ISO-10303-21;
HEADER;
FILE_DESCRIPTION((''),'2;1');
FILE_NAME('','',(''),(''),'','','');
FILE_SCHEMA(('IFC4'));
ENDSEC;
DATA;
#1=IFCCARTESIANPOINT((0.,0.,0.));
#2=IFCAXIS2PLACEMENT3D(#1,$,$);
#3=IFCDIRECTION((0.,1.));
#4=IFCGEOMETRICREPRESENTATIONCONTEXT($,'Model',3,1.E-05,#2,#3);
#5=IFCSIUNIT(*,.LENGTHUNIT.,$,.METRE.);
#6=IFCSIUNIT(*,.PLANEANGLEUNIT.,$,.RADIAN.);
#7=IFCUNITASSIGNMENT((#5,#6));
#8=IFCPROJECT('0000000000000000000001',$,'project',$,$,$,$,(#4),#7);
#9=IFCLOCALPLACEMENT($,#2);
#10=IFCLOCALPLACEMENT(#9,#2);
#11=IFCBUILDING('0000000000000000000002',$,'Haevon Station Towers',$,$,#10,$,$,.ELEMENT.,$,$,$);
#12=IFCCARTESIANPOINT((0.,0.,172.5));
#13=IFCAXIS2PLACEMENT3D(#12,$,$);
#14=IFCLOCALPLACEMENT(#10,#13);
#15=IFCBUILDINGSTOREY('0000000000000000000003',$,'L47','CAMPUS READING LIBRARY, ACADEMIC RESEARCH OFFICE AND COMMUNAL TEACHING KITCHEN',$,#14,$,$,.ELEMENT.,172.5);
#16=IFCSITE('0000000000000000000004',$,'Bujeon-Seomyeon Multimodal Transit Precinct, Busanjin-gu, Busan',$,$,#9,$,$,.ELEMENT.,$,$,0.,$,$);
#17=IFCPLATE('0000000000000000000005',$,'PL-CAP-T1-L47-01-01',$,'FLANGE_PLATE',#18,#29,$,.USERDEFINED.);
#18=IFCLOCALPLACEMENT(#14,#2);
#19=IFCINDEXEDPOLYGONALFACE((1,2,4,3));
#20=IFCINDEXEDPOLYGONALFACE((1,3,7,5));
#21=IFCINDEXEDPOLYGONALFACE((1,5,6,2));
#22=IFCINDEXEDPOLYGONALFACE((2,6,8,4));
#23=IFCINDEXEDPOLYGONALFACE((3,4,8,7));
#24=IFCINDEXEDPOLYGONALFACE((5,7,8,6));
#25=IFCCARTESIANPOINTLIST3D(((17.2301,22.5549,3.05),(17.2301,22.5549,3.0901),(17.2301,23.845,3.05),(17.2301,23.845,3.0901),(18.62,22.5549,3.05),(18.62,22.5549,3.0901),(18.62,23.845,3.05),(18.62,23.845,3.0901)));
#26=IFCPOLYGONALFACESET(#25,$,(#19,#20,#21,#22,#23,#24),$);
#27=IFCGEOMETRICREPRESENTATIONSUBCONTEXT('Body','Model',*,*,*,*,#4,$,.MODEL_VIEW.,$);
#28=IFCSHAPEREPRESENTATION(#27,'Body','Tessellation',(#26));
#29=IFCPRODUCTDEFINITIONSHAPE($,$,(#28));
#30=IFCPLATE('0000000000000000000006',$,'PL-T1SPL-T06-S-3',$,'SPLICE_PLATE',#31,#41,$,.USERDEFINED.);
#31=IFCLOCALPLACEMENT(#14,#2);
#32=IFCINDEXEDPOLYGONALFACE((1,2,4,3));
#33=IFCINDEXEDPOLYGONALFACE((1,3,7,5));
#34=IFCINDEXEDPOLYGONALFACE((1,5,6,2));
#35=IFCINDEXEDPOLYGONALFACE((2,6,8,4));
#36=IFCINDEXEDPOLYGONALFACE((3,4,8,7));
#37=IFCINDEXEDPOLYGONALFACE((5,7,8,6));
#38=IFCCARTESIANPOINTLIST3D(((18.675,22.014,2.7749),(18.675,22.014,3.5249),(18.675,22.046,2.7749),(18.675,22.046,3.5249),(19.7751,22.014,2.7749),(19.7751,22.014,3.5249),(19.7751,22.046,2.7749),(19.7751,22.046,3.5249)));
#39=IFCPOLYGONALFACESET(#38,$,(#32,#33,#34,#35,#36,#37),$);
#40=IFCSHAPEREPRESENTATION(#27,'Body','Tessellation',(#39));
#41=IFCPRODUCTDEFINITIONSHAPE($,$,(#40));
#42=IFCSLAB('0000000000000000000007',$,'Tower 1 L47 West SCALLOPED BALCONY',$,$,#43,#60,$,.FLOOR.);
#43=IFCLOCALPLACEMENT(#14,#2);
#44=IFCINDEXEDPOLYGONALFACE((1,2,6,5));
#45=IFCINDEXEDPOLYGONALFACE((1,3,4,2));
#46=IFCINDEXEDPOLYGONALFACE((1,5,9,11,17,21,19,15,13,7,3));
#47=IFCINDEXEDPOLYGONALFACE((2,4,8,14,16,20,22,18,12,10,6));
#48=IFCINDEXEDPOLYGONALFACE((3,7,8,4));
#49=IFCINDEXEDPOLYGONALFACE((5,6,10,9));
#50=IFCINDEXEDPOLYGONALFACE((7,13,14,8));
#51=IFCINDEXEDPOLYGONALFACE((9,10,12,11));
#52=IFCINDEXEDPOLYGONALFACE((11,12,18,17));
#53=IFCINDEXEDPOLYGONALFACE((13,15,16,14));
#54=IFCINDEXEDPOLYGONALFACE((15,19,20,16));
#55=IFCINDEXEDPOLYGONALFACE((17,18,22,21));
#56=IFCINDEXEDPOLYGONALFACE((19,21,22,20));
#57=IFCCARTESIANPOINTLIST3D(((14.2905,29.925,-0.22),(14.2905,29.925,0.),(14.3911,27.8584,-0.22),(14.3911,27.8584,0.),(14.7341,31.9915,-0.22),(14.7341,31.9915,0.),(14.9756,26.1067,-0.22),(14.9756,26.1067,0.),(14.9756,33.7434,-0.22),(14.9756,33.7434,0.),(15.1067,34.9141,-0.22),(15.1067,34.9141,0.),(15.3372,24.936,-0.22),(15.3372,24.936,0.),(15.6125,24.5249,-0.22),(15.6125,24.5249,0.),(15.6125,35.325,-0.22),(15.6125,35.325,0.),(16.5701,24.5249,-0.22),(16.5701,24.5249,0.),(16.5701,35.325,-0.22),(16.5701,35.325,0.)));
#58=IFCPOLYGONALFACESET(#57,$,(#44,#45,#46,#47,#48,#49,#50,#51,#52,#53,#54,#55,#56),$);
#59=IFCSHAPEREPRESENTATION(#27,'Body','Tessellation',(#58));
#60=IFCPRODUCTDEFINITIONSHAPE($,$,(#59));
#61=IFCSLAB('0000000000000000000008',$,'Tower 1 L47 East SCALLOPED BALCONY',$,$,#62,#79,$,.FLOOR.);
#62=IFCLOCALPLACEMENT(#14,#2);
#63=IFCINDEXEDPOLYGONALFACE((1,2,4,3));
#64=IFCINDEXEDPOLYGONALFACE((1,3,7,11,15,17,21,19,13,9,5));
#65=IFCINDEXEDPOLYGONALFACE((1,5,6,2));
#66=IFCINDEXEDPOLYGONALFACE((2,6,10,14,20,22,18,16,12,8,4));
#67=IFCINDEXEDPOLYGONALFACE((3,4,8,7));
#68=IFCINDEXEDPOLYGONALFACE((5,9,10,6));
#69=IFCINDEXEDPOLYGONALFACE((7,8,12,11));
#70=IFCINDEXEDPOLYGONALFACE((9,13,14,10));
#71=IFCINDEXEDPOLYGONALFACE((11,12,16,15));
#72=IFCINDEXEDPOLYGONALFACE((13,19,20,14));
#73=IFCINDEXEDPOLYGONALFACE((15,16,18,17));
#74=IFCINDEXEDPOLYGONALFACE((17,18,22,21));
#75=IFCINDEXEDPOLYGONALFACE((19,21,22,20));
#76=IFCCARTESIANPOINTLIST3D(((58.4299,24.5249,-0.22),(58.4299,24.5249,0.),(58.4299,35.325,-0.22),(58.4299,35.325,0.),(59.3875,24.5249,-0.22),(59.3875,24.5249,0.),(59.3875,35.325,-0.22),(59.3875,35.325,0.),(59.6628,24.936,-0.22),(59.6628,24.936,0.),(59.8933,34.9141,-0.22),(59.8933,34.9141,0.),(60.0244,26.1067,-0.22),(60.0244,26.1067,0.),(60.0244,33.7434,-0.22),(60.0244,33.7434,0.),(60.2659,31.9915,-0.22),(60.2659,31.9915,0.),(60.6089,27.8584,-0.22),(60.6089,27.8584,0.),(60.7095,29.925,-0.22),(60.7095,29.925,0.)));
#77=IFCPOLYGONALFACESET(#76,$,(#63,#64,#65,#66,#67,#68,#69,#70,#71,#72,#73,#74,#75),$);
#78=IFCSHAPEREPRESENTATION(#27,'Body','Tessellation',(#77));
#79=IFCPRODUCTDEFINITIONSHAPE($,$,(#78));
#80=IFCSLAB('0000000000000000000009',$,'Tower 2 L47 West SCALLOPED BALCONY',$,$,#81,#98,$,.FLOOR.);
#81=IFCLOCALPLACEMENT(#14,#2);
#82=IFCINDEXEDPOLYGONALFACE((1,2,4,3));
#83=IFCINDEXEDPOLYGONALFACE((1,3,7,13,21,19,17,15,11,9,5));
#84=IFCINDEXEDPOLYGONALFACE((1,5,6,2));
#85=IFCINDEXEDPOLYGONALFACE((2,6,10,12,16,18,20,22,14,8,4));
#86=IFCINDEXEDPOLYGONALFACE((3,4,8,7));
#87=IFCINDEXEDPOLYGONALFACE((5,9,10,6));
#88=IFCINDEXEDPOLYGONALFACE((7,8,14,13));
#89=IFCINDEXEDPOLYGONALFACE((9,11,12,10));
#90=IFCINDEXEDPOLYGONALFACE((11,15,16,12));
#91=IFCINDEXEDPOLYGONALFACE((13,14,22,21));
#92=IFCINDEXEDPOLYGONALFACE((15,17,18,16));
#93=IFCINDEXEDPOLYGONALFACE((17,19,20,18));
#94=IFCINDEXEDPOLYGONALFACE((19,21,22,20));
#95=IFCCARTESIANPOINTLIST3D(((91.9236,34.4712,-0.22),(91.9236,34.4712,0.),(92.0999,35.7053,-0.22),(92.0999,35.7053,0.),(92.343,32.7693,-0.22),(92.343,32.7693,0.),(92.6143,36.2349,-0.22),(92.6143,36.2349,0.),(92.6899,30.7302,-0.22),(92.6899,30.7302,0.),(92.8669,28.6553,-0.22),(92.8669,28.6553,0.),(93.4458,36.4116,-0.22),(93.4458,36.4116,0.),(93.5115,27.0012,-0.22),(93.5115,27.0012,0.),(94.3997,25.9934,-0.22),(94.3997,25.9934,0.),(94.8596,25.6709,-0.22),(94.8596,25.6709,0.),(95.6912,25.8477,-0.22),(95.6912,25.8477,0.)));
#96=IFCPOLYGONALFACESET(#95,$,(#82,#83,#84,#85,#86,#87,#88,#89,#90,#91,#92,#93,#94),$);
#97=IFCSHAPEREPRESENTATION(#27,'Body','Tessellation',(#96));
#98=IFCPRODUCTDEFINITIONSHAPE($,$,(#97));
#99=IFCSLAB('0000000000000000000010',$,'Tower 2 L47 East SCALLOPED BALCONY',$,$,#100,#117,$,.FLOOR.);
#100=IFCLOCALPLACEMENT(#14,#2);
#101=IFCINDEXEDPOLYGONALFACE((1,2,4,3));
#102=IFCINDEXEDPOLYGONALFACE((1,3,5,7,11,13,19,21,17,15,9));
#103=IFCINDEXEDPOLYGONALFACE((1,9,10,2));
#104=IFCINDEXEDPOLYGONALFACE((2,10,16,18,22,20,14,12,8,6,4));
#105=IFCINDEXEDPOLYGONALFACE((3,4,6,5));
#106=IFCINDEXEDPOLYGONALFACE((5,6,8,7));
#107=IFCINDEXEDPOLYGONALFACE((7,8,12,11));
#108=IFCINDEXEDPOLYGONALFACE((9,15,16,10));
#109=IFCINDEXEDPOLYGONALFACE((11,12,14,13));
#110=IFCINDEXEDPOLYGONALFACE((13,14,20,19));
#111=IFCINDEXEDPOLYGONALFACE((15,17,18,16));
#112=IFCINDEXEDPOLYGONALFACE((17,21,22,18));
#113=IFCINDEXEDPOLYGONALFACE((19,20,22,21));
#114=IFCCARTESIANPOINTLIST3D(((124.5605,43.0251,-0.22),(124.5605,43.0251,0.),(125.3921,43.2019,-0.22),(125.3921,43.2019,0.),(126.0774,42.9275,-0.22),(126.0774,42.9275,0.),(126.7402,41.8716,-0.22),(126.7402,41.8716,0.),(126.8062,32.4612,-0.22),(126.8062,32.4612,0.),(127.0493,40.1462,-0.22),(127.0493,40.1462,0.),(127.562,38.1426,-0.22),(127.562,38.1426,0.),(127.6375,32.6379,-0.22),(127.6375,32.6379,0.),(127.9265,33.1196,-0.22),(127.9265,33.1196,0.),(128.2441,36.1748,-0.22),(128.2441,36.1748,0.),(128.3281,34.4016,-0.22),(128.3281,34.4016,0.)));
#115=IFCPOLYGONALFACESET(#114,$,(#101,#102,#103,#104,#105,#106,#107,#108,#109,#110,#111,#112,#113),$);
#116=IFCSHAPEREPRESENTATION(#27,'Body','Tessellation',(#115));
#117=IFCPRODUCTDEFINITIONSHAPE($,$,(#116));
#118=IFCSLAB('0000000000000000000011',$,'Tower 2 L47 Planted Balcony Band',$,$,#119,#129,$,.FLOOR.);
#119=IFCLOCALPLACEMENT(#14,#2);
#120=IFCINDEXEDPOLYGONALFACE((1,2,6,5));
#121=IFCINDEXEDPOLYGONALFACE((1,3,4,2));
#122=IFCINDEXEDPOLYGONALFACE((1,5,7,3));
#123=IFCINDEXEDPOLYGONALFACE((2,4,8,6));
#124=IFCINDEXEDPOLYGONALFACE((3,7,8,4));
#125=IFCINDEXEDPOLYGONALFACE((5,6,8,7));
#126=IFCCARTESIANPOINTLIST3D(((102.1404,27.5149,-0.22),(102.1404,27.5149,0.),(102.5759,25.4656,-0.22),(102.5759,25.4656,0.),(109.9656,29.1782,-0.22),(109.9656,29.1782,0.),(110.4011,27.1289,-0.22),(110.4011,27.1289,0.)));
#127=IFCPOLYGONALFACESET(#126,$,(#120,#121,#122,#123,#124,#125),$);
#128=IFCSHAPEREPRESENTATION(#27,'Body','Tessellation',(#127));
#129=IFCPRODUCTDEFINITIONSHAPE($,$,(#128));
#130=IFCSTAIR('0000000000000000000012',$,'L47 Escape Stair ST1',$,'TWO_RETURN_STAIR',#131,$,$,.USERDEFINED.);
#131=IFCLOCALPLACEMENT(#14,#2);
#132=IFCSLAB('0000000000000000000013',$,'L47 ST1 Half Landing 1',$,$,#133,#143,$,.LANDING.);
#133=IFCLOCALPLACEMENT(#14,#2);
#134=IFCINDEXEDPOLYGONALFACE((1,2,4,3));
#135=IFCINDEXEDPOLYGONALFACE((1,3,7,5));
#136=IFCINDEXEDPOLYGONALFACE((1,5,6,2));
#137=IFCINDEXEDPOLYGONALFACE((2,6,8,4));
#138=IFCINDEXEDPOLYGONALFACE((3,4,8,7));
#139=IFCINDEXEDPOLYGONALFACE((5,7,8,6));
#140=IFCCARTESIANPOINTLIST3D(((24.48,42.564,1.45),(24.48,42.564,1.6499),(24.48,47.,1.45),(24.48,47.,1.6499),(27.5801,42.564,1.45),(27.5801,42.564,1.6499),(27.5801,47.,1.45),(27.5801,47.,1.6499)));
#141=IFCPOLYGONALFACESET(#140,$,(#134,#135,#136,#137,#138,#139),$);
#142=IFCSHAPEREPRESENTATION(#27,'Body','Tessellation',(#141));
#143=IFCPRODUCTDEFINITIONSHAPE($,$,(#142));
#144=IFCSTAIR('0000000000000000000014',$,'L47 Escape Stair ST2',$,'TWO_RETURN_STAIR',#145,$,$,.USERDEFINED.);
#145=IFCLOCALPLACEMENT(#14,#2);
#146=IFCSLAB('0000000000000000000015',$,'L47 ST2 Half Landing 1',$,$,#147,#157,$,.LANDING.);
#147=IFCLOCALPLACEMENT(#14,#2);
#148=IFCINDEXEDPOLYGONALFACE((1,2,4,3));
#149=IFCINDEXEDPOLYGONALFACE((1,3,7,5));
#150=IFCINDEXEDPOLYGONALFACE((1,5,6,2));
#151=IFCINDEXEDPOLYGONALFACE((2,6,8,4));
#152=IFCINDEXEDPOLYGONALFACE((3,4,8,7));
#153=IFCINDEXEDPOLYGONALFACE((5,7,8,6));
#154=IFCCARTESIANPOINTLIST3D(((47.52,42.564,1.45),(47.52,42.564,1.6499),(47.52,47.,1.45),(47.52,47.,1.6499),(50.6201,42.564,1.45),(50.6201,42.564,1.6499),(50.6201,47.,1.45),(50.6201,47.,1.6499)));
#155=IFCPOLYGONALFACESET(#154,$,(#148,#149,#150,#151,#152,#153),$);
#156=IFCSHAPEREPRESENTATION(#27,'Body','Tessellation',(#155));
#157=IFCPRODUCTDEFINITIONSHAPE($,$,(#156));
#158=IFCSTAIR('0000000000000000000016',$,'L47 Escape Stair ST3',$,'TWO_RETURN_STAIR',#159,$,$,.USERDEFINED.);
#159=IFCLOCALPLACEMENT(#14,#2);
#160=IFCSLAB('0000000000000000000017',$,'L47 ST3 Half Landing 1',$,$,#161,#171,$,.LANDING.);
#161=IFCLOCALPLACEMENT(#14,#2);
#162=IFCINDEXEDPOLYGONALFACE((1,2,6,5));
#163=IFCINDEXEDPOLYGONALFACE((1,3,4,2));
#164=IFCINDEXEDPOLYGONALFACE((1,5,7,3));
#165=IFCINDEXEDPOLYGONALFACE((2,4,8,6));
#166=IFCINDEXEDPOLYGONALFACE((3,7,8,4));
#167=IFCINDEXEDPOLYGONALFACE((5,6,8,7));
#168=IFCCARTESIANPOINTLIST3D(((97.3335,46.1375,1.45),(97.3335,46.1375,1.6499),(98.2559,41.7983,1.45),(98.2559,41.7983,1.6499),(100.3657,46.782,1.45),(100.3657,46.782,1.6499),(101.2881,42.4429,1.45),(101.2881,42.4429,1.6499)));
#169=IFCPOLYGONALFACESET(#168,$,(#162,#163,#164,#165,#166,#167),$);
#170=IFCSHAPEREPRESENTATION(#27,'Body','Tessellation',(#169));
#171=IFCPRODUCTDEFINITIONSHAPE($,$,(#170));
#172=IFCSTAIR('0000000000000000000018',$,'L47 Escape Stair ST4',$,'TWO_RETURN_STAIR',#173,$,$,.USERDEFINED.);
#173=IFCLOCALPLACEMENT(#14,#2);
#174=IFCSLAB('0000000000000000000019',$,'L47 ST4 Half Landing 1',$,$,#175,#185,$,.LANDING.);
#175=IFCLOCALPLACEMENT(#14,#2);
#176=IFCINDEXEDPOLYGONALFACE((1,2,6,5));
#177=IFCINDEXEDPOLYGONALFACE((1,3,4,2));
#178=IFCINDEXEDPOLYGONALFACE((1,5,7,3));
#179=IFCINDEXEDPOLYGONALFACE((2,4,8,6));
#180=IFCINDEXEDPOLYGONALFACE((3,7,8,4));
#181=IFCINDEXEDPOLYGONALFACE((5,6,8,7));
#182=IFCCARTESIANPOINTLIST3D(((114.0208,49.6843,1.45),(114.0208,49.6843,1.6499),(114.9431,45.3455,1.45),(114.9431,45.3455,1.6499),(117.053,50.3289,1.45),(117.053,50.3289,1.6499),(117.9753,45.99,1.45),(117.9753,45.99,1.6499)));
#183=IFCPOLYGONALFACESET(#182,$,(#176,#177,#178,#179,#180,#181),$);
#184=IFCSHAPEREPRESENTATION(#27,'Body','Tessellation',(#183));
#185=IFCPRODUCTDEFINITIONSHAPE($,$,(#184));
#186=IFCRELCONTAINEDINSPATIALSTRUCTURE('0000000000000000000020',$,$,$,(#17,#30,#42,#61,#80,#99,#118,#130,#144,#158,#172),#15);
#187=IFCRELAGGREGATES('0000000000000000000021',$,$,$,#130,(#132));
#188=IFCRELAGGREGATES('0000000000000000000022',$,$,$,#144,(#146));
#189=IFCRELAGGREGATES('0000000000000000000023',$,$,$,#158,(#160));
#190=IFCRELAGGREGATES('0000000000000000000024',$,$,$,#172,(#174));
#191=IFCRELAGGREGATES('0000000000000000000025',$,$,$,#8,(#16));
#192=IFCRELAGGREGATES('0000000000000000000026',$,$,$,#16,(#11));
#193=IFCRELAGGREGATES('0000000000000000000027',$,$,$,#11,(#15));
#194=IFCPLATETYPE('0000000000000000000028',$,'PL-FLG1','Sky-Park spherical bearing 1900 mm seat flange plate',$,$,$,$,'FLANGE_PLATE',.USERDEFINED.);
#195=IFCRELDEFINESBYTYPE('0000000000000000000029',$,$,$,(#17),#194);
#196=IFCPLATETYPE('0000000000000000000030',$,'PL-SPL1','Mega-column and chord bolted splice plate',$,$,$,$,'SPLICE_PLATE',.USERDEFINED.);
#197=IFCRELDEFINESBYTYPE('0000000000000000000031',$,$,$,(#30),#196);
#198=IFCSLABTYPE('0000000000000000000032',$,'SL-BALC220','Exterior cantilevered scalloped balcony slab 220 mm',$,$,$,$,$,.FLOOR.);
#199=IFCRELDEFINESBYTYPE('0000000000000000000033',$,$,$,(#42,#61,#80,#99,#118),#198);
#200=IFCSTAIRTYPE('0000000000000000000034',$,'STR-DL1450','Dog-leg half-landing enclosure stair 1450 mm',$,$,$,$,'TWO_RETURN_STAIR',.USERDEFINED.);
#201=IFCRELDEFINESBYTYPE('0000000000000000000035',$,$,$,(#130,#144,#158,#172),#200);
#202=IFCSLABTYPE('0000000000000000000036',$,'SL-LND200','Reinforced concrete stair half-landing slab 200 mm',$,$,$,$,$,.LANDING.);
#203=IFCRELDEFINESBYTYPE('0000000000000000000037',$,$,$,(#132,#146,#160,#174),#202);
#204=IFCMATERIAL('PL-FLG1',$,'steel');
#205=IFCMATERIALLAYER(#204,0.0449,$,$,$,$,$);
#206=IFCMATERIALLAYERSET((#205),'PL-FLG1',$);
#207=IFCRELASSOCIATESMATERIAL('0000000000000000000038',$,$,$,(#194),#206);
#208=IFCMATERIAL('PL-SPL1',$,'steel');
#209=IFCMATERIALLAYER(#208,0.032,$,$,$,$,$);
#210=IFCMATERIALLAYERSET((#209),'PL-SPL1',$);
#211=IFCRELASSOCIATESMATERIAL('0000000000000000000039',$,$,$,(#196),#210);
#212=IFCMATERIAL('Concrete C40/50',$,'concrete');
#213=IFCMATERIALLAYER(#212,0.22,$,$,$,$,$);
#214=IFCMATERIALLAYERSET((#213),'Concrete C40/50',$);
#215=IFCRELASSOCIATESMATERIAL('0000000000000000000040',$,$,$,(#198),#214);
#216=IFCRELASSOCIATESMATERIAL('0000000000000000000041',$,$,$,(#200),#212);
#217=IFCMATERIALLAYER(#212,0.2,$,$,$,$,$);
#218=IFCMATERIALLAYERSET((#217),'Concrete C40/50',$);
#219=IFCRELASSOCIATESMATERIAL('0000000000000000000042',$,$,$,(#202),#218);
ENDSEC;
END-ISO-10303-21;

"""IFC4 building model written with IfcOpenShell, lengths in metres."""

from ifc_helpers import new_model, si_unit, direction, frame, origin, origin_2d, place, context, subcontext, project, spatial, polyline, rectangle, outline, extrude, material, layer, layer_set, type_object, element, aggregate, save


model = new_model("IFC4")

# Units and contexts
model_context = context("Model", 3, precision=1e-05, world=origin(), true_north=direction((0.0, 1.0)))
body_context = subcontext(model_context, "Body", "Model", "MODEL_VIEW")
ifc_project = project(units=[si_unit("LENGTHUNIT", "METRE"), si_unit("PLANEANGLEUNIT", "RADIAN")], contexts=[model_context])

# Site, building, storey
site_placement = place(None, origin())
site = spatial("IfcSite", under=ifc_project, at=site_placement, Name="Bujeon-Seomyeon Multimodal Transit Precinct, Busanjin-gu, Busan", CompositionType="ELEMENT", RefElevation=0.0)
building_placement = place(site_placement, origin())
building = spatial("IfcBuilding", under=site, at=building_placement, Name="Haevon Station Towers", CompositionType="ELEMENT")
storey_placement = place(building_placement, frame((0.0, 0.0, 172.5)))
storey = spatial("IfcBuildingStorey", under=building, at=storey_placement, Name="L47", Description="CAMPUS READING LIBRARY, ACADEMIC RESEARCH OFFICE AND COMMUNAL TEACHING KITCHEN", CompositionType="ELEMENT", Elevation=172.5)

# Plates
ifc_material_1 = material(Name="PL-FLG1", Category="steel")
ifc_layer_1 = layer(ifc_material_1, 0.0449)
ifc_layer_set_1 = layer_set([ifc_layer_1], Name="PL-FLG1")
plate_type_1 = type_object("IfcPlateType", Name="PL-FLG1", Description="Sky-Park spherical bearing 1900 mm seat flange plate", ElementType="FLANGE_PLATE", PredefinedType="USERDEFINED", material=ifc_layer_set_1)
plate_1_placement = place(storey_placement, frame((17.925, 23.2, 3.05), z_axis=(0.0, 0.0, 1.0), x_axis=(1.0, 0.0, 0.0)))
element("IfcPlate", 1, at=plate_1_placement, inside=storey, type_object=plate_type_1, Name="PL-CAP-T1-L47-01-01", ObjectType="FLANGE_PLATE", PredefinedType="USERDEFINED", context=body_context, shape_type="SweptSolid", body=[
    extrude(rectangle(XDim=1.3899, YDim=1.29, at=origin_2d()), origin(), (0.0, 0.0, 1.0), 0.04),
])
ifc_material_2 = material(Name="PL-SPL1", Category="steel")
ifc_layer_2 = layer(ifc_material_2, 0.032)
ifc_layer_set_2 = layer_set([ifc_layer_2], Name="PL-SPL1")
plate_type_2 = type_object("IfcPlateType", Name="PL-SPL1", Description="Mega-column and chord bolted splice plate", ElementType="SPLICE_PLATE", PredefinedType="USERDEFINED", material=ifc_layer_set_2)
plate_2_placement = place(storey_placement, frame((19.2251, 22.03, 2.7749), z_axis=(0.0, 0.0, 1.0), x_axis=(1.0, 0.0, 0.0)))
element("IfcPlate", 2, at=plate_2_placement, inside=storey, type_object=plate_type_2, Name="PL-T1SPL-T06-S-3", ObjectType="SPLICE_PLATE", PredefinedType="USERDEFINED", context=body_context, shape_type="SweptSolid", body=[
    extrude(rectangle(XDim=1.1001, YDim=0.032, at=origin_2d()), origin(), (0.0, 0.0, 1.0), 0.75),
])

# Slabs
ifc_material_3 = material(Name="Concrete C40/50", Category="concrete")
ifc_layer_3 = layer(ifc_material_3, 0.22)
ifc_layer_set_3 = layer_set([ifc_layer_3], Name="Concrete C40/50")
slab_type_1 = type_object("IfcSlabType", Name="SL-BALC220", Description="Exterior cantilevered scalloped balcony slab 220 mm", PredefinedType="FLOOR", material=ifc_layer_set_3)
slab_1_placement = place(storey_placement, frame((0.0, 0.0, -0.22)))
element("IfcSlab", 3, at=slab_1_placement, inside=storey, type_object=slab_type_1, Name="Tower 1 L47 West SCALLOPED BALCONY", PredefinedType="FLOOR", context=body_context, shape_type="SweptSolid", body=[
    extrude(outline(polyline([(16.5701, 35.325), (15.6125, 35.325), (15.1067, 34.9141), (14.9756, 33.7434), (14.7341, 31.9915), (14.2905, 29.925), (14.3911, 27.8584), (14.9756, 26.1067), (15.3372, 24.936), (15.6125, 24.5249), (16.5701, 24.5249), (16.5701, 35.325)])), origin(), (0.0, 0.0, 1.0), 0.22),
])
slab_2_placement = place(storey_placement, frame((0.0, 0.0, -0.22)))
element("IfcSlab", 4, at=slab_2_placement, inside=storey, type_object=slab_type_1, Name="Tower 1 L47 East SCALLOPED BALCONY", PredefinedType="FLOOR", context=body_context, shape_type="SweptSolid", body=[
    extrude(outline(polyline([(58.4299, 24.5249), (59.3875, 24.5249), (59.6628, 24.936), (60.0244, 26.1067), (60.6089, 27.8584), (60.7095, 29.925), (60.2659, 31.9915), (60.0244, 33.7434), (59.8933, 34.9141), (59.3875, 35.325), (58.4299, 35.325), (58.4299, 24.5249)])), origin(), (0.0, 0.0, 1.0), 0.22),
])
slab_3_placement = place(storey_placement, frame((0.0, 0.0, -0.22)))
element("IfcSlab", 5, at=slab_3_placement, inside=storey, type_object=slab_type_1, Name="Tower 2 L47 West SCALLOPED BALCONY", PredefinedType="FLOOR", context=body_context, shape_type="SweptSolid", body=[
    extrude(outline(polyline([(93.4458, 36.4116), (92.6143, 36.2349), (92.0999, 35.7053), (91.9236, 34.4712), (92.343, 32.7693), (92.6899, 30.7302), (92.8669, 28.6553), (93.5115, 27.0012), (94.3997, 25.9934), (94.8596, 25.6709), (95.6912, 25.8477), (93.4458, 36.4116)])), origin(), (0.0, 0.0, 1.0), 0.22),
])
slab_4_placement = place(storey_placement, frame((0.0, 0.0, -0.22)))
element("IfcSlab", 6, at=slab_4_placement, inside=storey, type_object=slab_type_1, Name="Tower 2 L47 East SCALLOPED BALCONY", PredefinedType="FLOOR", context=body_context, shape_type="SweptSolid", body=[
    extrude(outline(polyline([(126.8062, 32.4612), (127.6375, 32.6379), (127.9265, 33.1196), (128.3281, 34.4016), (128.2441, 36.1748), (127.562, 38.1426), (127.0493, 40.1462), (126.7402, 41.8716), (126.0774, 42.9275), (125.3921, 43.2019), (124.5605, 43.0251), (126.8062, 32.4612)])), origin(), (0.0, 0.0, 1.0), 0.22),
])
slab_5_placement = place(storey_placement, frame((0.0, 0.0, -0.22)))
element("IfcSlab", 7, at=slab_5_placement, inside=storey, type_object=slab_type_1, Name="Tower 2 L47 Planted Balcony Band", PredefinedType="FLOOR", context=body_context, shape_type="SweptSolid", body=[
    extrude(outline(polyline([(102.5759, 25.4656), (110.4011, 27.1289), (109.9656, 29.1782), (102.1404, 27.5149), (102.5759, 25.4656)])), origin(), (0.0, 0.0, 1.0), 0.22),
])

# Stairs, slabs
stair_type = type_object("IfcStairType", Name="STR-DL1450", Description="Dog-leg half-landing enclosure stair 1450 mm", ElementType="TWO_RETURN_STAIR", PredefinedType="USERDEFINED", material=ifc_material_3)
stair_1_placement = place(storey_placement, origin())
stair_1 = element("IfcStair", 8, at=stair_1_placement, inside=storey, type_object=stair_type, Name="L47 Escape Stair ST1", ObjectType="TWO_RETURN_STAIR", PredefinedType="USERDEFINED")
ifc_layer_4 = layer(ifc_material_3, 0.2)
ifc_layer_set_4 = layer_set([ifc_layer_4], Name="Concrete C40/50")
slab_type_2 = type_object("IfcSlabType", Name="SL-LND200", Description="Reinforced concrete stair half-landing slab 200 mm", PredefinedType="LANDING", material=ifc_layer_set_4)
slab_6_placement = place(storey_placement, frame((0.0, 0.0, 1.45)))
slab_6 = element("IfcSlab", 9, at=slab_6_placement, type_object=slab_type_2, Name="L47 ST1 Half Landing 1", PredefinedType="LANDING", context=body_context, shape_type="SweptSolid", body=[
    extrude(outline(polyline([(27.5801, 42.564), (27.5801, 47.0), (24.48, 47.0), (24.48, 42.564), (27.5801, 42.564)])), origin(), (0.0, 0.0, 1.0), 0.2),
])
aggregate(stair_1, [slab_6])
stair_2_placement = place(storey_placement, origin())
stair_2 = element("IfcStair", 10, at=stair_2_placement, inside=storey, type_object=stair_type, Name="L47 Escape Stair ST2", ObjectType="TWO_RETURN_STAIR", PredefinedType="USERDEFINED")
slab_7_placement = place(storey_placement, frame((0.0, 0.0, 1.45)))
slab_7 = element("IfcSlab", 11, at=slab_7_placement, type_object=slab_type_2, Name="L47 ST2 Half Landing 1", PredefinedType="LANDING", context=body_context, shape_type="SweptSolid", body=[
    extrude(outline(polyline([(50.6201, 42.564), (50.6201, 47.0), (47.52, 47.0), (47.52, 42.564), (50.6201, 42.564)])), origin(), (0.0, 0.0, 1.0), 0.2),
])
aggregate(stair_2, [slab_7])
stair_3_placement = place(storey_placement, origin())
stair_3 = element("IfcStair", 12, at=stair_3_placement, inside=storey, type_object=stair_type, Name="L47 Escape Stair ST3", ObjectType="TWO_RETURN_STAIR", PredefinedType="USERDEFINED")
slab_8_placement = place(storey_placement, frame((0.0, 0.0, 1.45)))
slab_8 = element("IfcSlab", 13, at=slab_8_placement, type_object=slab_type_2, Name="L47 ST3 Half Landing 1", PredefinedType="LANDING", context=body_context, shape_type="SweptSolid", body=[
    extrude(outline(polyline([(101.2881, 42.4429), (100.3657, 46.782), (97.3335, 46.1375), (98.2559, 41.7983), (101.2881, 42.4429)])), origin(), (0.0, 0.0, 1.0), 0.2),
])
aggregate(stair_3, [slab_8])
stair_4_placement = place(storey_placement, origin())
stair_4 = element("IfcStair", 14, at=stair_4_placement, inside=storey, type_object=stair_type, Name="L47 Escape Stair ST4", ObjectType="TWO_RETURN_STAIR", PredefinedType="USERDEFINED")
slab_9_placement = place(storey_placement, frame((0.0, 0.0, 1.45)))
slab_9 = element("IfcSlab", 15, at=slab_9_placement, type_object=slab_type_2, Name="L47 ST4 Half Landing 1", PredefinedType="LANDING", context=body_context, shape_type="SweptSolid", body=[
    extrude(outline(polyline([(117.9753, 45.99), (117.053, 50.3289), (114.0208, 49.6843), (114.9431, 45.3455), (117.9753, 45.99)])), origin(), (0.0, 0.0, 1.0), 0.2),
])
aggregate(stair_4, [slab_9])

save(model, "model.ifc")
